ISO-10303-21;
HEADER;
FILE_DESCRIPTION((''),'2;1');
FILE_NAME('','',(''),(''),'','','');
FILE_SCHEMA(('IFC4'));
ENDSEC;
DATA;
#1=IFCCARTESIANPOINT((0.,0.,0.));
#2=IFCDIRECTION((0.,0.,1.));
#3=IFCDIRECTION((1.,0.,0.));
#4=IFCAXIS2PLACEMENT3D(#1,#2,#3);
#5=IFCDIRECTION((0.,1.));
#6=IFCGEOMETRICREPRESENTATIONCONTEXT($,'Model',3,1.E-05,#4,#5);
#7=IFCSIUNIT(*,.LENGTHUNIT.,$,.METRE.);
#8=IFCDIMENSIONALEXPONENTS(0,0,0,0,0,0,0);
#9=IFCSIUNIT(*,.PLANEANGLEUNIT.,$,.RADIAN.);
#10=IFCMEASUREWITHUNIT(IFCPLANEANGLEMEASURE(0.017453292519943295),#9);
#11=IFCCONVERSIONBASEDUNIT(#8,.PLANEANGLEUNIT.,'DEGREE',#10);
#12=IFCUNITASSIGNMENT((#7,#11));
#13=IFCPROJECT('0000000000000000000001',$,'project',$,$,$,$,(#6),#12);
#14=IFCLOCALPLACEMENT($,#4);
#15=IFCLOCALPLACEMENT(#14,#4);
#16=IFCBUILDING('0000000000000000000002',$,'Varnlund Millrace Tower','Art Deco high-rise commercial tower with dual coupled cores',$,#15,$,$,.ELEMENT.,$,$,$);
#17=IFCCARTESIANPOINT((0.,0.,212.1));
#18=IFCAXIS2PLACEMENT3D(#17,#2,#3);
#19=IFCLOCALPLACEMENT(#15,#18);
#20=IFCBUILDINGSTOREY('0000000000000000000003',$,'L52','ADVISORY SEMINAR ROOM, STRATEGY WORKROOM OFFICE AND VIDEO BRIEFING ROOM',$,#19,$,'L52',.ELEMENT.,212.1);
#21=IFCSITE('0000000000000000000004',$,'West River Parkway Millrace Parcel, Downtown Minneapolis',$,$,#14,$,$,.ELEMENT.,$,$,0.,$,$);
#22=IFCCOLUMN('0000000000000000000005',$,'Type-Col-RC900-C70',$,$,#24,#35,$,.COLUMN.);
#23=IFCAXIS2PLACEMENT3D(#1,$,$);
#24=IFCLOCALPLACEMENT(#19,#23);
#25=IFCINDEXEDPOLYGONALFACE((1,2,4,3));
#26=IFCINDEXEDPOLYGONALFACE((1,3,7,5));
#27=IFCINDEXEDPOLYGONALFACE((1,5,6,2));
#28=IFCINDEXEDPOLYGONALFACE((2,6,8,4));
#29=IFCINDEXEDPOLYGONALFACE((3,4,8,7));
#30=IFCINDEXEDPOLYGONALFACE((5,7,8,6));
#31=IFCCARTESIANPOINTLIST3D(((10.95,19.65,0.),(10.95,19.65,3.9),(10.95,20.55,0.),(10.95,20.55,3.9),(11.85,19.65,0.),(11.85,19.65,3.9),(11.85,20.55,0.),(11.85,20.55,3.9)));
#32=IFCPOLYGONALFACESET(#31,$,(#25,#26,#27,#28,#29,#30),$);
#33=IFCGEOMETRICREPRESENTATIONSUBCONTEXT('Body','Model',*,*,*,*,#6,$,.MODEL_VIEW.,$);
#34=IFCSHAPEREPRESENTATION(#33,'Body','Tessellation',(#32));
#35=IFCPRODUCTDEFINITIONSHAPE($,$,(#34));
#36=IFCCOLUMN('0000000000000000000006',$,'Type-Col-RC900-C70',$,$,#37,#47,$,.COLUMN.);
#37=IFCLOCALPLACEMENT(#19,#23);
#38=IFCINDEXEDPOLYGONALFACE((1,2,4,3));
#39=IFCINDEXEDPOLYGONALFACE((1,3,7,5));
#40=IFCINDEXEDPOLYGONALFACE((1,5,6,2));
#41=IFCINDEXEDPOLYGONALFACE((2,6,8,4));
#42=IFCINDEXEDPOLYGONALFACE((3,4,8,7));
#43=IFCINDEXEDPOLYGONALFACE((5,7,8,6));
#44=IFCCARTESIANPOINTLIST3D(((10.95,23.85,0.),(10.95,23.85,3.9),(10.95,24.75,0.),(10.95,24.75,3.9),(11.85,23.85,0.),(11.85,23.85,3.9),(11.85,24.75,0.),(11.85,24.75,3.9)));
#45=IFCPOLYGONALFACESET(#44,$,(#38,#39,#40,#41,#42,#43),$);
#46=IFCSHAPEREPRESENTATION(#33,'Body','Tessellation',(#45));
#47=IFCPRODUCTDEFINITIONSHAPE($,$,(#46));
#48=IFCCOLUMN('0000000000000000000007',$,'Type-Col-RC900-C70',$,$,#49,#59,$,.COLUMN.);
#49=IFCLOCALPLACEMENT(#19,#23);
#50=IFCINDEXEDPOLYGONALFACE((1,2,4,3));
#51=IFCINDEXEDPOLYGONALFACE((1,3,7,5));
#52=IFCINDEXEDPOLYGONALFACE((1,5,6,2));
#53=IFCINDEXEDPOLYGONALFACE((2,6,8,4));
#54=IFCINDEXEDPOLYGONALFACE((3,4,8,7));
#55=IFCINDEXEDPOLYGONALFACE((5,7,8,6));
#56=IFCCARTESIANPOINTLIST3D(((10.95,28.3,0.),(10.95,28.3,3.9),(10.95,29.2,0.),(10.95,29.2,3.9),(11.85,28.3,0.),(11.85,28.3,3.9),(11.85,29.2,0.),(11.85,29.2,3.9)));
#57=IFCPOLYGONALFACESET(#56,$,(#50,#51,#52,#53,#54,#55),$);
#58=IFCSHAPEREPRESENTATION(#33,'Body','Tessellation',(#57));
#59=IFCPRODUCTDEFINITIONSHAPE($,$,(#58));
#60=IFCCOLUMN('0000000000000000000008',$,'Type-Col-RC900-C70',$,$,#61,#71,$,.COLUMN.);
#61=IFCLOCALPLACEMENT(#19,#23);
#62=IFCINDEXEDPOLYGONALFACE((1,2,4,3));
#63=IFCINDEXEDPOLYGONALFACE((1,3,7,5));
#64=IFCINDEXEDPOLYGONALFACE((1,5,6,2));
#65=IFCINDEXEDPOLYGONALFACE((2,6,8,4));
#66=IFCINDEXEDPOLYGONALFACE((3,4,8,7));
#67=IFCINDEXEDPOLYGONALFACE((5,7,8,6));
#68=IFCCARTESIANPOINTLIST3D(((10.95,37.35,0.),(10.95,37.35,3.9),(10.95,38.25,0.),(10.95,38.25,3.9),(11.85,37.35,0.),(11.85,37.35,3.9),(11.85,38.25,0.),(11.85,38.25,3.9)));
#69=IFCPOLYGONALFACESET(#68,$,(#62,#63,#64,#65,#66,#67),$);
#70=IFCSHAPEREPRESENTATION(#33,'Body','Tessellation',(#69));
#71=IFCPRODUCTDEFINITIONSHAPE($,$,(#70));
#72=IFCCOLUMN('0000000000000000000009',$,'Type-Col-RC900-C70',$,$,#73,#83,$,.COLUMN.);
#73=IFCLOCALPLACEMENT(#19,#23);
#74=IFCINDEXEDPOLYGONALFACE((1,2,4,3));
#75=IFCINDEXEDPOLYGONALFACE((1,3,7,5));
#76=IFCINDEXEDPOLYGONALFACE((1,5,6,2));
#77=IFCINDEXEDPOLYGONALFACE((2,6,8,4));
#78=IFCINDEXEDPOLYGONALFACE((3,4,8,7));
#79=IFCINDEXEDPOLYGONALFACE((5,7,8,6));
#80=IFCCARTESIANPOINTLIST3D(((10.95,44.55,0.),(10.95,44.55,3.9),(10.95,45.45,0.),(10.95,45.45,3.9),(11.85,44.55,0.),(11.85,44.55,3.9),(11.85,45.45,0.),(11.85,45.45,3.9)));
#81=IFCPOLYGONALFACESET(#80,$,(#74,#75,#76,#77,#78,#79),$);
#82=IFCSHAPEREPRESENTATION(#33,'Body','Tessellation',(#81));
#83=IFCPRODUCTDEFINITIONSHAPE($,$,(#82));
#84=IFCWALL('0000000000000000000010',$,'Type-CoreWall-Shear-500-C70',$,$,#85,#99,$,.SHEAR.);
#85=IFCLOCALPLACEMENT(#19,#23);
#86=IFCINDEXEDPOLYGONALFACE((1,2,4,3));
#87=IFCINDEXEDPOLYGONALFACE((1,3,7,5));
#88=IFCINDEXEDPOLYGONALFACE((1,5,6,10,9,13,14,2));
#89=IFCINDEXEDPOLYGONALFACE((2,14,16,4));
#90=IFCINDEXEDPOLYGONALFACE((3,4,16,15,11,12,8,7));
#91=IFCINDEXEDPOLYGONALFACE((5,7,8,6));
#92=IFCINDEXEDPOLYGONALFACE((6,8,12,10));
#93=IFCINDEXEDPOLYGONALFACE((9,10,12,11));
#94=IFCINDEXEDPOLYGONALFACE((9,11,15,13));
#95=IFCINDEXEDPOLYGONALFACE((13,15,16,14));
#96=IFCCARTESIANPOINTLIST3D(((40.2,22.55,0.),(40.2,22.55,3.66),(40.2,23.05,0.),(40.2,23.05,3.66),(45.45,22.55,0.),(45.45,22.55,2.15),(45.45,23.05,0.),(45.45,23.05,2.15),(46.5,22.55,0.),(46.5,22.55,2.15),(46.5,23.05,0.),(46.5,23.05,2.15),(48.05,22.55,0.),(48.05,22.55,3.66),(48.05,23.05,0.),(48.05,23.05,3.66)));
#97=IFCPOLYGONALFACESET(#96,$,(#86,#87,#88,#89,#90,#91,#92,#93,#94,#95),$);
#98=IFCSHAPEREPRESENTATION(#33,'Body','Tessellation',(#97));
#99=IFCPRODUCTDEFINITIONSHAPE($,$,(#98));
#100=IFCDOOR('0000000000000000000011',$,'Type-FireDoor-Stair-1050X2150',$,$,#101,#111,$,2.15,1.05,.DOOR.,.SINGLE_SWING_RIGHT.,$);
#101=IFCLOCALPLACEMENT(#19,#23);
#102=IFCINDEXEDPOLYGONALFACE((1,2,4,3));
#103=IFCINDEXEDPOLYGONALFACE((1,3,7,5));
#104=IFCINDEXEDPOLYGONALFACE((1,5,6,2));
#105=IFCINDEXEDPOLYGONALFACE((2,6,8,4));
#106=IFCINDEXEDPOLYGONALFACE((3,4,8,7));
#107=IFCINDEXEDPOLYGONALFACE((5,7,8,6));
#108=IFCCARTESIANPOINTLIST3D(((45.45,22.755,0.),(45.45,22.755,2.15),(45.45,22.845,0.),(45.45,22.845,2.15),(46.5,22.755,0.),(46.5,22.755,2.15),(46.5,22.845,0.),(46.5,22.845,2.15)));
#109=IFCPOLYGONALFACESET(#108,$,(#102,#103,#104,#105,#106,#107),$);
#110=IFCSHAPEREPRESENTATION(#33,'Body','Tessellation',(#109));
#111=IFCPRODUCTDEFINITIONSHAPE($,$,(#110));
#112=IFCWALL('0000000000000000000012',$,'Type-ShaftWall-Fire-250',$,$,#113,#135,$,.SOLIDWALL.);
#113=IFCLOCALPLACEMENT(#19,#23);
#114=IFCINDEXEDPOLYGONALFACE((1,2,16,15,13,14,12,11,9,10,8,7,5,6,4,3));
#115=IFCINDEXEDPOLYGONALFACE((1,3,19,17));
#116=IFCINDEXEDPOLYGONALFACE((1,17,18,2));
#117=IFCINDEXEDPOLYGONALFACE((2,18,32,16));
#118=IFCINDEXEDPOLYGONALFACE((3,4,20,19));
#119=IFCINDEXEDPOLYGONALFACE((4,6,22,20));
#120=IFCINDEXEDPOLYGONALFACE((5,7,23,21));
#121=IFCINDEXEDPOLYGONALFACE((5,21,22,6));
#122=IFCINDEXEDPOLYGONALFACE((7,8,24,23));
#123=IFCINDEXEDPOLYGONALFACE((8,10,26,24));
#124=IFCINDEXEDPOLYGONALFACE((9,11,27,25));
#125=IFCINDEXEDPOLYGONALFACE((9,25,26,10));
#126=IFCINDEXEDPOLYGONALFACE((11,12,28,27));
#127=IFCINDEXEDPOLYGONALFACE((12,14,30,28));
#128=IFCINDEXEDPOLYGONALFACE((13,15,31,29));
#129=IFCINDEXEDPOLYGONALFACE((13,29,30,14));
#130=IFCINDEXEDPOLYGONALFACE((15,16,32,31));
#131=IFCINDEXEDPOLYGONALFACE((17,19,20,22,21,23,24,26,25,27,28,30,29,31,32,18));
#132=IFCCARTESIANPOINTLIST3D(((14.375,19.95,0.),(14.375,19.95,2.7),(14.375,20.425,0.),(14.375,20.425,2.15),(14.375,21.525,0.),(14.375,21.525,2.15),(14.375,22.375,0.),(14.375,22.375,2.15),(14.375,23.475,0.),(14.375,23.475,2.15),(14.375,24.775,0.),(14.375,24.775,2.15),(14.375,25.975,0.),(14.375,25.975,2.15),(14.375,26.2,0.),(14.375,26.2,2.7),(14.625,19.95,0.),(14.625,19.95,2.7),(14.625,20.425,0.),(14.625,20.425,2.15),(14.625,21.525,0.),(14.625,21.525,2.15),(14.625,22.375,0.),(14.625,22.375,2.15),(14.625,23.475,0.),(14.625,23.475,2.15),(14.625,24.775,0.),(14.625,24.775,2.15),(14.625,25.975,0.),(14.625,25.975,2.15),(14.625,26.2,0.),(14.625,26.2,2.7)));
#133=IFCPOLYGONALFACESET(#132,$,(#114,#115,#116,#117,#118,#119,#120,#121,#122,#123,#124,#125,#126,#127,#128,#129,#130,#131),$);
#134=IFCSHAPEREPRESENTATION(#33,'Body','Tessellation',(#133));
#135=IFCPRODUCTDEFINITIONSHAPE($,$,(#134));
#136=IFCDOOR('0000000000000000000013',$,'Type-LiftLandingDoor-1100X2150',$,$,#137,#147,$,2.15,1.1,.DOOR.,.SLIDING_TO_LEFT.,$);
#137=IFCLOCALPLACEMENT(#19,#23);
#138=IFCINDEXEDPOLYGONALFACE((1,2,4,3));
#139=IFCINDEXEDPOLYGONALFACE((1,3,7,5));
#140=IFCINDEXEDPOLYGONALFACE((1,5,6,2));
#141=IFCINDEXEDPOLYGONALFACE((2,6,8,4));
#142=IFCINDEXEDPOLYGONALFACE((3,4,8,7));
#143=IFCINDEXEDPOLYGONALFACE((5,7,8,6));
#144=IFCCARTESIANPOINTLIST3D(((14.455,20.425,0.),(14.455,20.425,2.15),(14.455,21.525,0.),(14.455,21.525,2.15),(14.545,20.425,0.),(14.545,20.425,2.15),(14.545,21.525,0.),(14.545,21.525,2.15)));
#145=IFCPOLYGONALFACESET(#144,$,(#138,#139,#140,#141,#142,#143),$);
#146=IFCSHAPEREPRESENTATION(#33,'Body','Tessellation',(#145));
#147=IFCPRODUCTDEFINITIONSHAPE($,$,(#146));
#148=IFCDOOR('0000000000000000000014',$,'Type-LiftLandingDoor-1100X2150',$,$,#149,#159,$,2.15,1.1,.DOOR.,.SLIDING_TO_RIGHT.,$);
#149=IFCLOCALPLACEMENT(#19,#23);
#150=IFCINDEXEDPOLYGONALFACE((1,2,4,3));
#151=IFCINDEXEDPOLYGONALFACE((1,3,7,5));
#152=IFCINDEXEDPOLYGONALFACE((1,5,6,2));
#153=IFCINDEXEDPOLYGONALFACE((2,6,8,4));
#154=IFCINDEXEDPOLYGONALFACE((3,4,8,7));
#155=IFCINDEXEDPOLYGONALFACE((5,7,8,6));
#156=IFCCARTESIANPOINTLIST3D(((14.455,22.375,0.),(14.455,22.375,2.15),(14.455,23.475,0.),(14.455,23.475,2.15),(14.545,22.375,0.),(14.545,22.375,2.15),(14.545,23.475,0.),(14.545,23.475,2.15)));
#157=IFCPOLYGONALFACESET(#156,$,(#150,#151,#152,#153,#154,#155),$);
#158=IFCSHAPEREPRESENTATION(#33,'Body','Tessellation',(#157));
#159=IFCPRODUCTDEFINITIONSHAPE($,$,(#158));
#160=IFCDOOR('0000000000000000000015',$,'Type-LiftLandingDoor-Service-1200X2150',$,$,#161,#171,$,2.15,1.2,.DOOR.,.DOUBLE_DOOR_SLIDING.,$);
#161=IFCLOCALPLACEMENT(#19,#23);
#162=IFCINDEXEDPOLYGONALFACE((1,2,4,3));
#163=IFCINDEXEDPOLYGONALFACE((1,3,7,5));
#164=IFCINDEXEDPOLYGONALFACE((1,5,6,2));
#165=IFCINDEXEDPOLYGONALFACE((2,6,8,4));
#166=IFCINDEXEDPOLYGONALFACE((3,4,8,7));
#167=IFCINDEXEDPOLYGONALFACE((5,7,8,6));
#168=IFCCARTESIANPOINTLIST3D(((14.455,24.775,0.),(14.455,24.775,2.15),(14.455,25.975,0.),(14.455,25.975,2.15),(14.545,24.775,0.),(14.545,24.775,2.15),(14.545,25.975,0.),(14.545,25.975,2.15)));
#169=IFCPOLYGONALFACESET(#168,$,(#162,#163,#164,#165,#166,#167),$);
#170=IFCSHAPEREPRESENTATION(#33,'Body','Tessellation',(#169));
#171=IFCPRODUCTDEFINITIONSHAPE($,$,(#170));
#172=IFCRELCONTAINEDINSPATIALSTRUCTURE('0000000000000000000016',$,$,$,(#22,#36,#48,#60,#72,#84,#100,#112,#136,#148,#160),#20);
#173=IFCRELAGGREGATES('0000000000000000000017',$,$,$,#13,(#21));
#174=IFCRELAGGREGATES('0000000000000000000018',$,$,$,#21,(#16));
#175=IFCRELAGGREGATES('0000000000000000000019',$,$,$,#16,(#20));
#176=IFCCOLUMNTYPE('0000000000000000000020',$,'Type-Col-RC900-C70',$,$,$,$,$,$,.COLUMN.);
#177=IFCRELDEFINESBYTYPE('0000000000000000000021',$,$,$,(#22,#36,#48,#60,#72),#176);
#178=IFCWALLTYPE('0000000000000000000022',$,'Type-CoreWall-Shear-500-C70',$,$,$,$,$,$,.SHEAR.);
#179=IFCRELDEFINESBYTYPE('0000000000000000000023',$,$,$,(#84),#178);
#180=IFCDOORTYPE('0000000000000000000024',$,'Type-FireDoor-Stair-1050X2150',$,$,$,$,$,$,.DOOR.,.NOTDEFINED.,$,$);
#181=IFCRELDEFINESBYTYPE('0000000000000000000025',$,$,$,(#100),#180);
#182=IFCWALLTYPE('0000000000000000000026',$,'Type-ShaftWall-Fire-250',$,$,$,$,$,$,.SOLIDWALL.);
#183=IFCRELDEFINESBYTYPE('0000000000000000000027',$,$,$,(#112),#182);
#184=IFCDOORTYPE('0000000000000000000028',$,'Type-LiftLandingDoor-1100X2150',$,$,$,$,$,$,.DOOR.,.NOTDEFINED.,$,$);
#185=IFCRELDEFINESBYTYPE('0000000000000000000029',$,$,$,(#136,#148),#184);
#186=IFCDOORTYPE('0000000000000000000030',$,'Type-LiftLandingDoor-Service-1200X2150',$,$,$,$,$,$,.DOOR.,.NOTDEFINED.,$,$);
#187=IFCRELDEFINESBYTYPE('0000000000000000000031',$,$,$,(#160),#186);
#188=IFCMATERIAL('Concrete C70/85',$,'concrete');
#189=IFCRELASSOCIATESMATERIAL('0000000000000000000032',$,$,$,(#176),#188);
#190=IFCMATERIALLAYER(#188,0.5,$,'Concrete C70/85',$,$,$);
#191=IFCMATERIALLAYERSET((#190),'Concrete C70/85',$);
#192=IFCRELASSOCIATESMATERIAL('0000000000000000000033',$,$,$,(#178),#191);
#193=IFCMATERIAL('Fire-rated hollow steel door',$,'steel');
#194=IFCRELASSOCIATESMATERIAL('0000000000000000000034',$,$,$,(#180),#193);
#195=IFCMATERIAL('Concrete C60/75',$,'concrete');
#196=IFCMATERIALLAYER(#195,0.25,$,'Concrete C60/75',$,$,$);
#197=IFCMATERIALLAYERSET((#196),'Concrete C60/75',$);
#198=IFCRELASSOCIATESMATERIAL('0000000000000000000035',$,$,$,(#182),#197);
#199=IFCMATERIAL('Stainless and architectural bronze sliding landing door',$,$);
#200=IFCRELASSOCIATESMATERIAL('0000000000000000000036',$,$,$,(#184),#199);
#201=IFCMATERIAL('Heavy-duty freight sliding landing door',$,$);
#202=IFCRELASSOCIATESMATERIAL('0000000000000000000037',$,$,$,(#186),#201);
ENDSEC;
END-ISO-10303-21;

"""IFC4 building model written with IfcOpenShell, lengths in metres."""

from ifc_helpers import new_model, entity, si_unit, converted_unit, direction, frame, origin_with_axes, origin_2d_with_axis, place, context, subcontext, project, spatial, polyline, rectangle, outline, extrude, material, layer, layer_set, material_profile, profile_set, type_object, element, fill, save


model = new_model("IFC4")

# Units and contexts
model_context = context("Model", 3, precision=1e-05, world=origin_with_axes(), true_north=direction((0.0, 1.0)))
body_context = subcontext(model_context, "Body", "Model", "MODEL_VIEW")
ifc_project = project(units=[si_unit("LENGTHUNIT", "METRE"), converted_unit("PLANEANGLEUNIT", "DEGREE", entity("IfcPlaneAngleMeasure", 0.017453292519943295), si_unit("PLANEANGLEUNIT", "RADIAN"), dimensions=[0, 0, 0, 0, 0, 0, 0])], contexts=[model_context])

# Site, building, storey
site_placement = place(None, origin_with_axes())
site = spatial("IfcSite", under=ifc_project, at=site_placement, Name="West River Parkway Millrace Parcel, Downtown Minneapolis", CompositionType="ELEMENT", RefElevation=0.0)
building_placement = place(site_placement, origin_with_axes())
building = spatial("IfcBuilding", under=site, at=building_placement, Name="Varnlund Millrace Tower", Description="Art Deco high-rise commercial tower with dual coupled cores", CompositionType="ELEMENT")
storey_placement = place(building_placement, frame((0.0, 0.0, 212.1), z_axis=(0.0, 0.0, 1.0), x_axis=(1.0, 0.0, 0.0)))
storey = spatial("IfcBuildingStorey", under=building, at=storey_placement, Name="L52", Description="ADVISORY SEMINAR ROOM, STRATEGY WORKROOM OFFICE AND VIDEO BRIEFING ROOM", LongName="L52", CompositionType="ELEMENT", Elevation=212.1)

# Columns
ifc_material_1 = material(Name="Concrete C70/85", Category="concrete")
ifc_material_profile = material_profile(ifc_material_1, rectangle(XDim=0.9, YDim=0.9, at=origin_2d_with_axis()), Name="Concrete C70/85")
ifc_profile_set = profile_set([ifc_material_profile], Name="Concrete C70/85")
column_type = type_object("IfcColumnType", Name="Type-Col-RC900-C70", PredefinedType="COLUMN", material=ifc_profile_set)
for number, where, z_axis, x_axis, name in (
    (1, (11.4, 20.1, 0.0), (0.0, 0.0, 1.0), (1.0, 0.0, 0.0), "Type-Col-RC900-C70"),
    (2, (11.4, 24.3, 0.0), (0.0, 0.0, 1.0), (1.0, 0.0, 0.0), "Type-Col-RC900-C70"),
    (3, (11.4, 28.75, 0.0), (0.0, 0.0, 1.0), (1.0, 0.0, 0.0), "Type-Col-RC900-C70"),
    (4, (11.4, 37.8, 0.0), (0.0, 0.0, 1.0), (1.0, 0.0, 0.0), "Type-Col-RC900-C70"),
    (5, (11.4, 45.0, 0.0), (0.0, 0.0, 1.0), (1.0, 0.0, 0.0), "Type-Col-RC900-C70"),
):
    element("IfcColumn", number, at=place(storey_placement, frame(where, z_axis=z_axis, x_axis=x_axis)), inside=storey, type_object=column_type, Name=name, PredefinedType="COLUMN", context=body_context, shape_type="SweptSolid", body=[
        extrude(rectangle(XDim=0.9, YDim=0.9, at=origin_2d_with_axis()), origin_with_axes(), (0.0, 0.0, 1.0), 3.9),
    ])

# Wall, opening, door
ifc_layer_1 = layer(ifc_material_1, 0.5, Name="Concrete C70/85")
ifc_layer_set_1 = layer_set([ifc_layer_1], Name="Concrete C70/85")
wall_type_1 = type_object("IfcWallType", Name="Type-CoreWall-Shear-500-C70", PredefinedType="SHEAR", material=ifc_layer_set_1)
wall_1_placement = place(storey_placement, frame((40.2, 22.8, 0.0), z_axis=(0.0, 0.0, 1.0), x_axis=(1.0, 0.0, 0.0)))
wall_1 = element("IfcWall", 6, at=wall_1_placement, inside=storey, type_object=wall_type_1, Name="Type-CoreWall-Shear-500-C70", PredefinedType="SHEAR", context=body_context, shape_type="SweptSolid", body=[
    extrude(outline(polyline([(0.0, -0.25), (7.85, -0.25), (7.85, 0.25), (0.0, 0.25), (0.0, -0.25)])), origin_with_axes(), (0.0, 0.0, 1.0), 3.66),
])
opening_1_placement = place(wall_1_placement, frame((5.775, 0.0, 0.0), z_axis=(0.0, 0.0, 1.0), x_axis=(1.0, 0.0, 0.0)))
opening_1 = element("IfcOpeningElement", 7, at=opening_1_placement, cuts=wall_1, PredefinedType="OPENING", context=body_context, shape_type="SweptSolid", body=[
    extrude(rectangle(XDim=1.05, YDim=0.52, at=origin_2d_with_axis()), origin_with_axes(), (0.0, 0.0, 1.0), 2.15),
])
ifc_material_2 = material(Name="Fire-rated hollow steel door", Category="steel")
door_type_1 = type_object("IfcDoorType", Name="Type-FireDoor-Stair-1050X2150", OperationType="NOTDEFINED", PredefinedType="DOOR", material=ifc_material_2)
door_1_placement = place(wall_1_placement, frame((5.775, 0.0, 0.0), z_axis=(0.0, 0.0, 1.0), x_axis=(1.0, 0.0, 0.0)))
door_1 = element("IfcDoor", 8, at=door_1_placement, inside=storey, type_object=door_type_1, Name="Type-FireDoor-Stair-1050X2150", OperationType="SINGLE_SWING_RIGHT", OverallHeight=2.15, OverallWidth=1.05, PredefinedType="DOOR", context=body_context, shape_type="SweptSolid", body=[
    extrude(rectangle(XDim=1.05, YDim=0.09, at=origin_2d_with_axis()), origin_with_axes(), (0.0, 0.0, 1.0), 2.15),
])
fill(opening_1, door_1)

# Wall, openings, doors
ifc_material_3 = material(Name="Concrete C60/75", Category="concrete")
ifc_layer_2 = layer(ifc_material_3, 0.25, Name="Concrete C60/75")
ifc_layer_set_2 = layer_set([ifc_layer_2], Name="Concrete C60/75")
wall_type_2 = type_object("IfcWallType", Name="Type-ShaftWall-Fire-250", PredefinedType="SOLIDWALL", material=ifc_layer_set_2)
wall_2_placement = place(storey_placement, frame((14.5, 19.95, 0.0), z_axis=(0.0, 0.0, 1.0), x_axis=(0.0, 1.0, 0.0)))
wall_2 = element("IfcWall", 9, at=wall_2_placement, inside=storey, type_object=wall_type_2, Name="Type-ShaftWall-Fire-250", PredefinedType="SOLIDWALL", context=body_context, shape_type="SweptSolid", body=[
    extrude(outline(polyline([(0.0, -0.125), (6.25, -0.125), (6.25, 0.125), (0.0, 0.125), (0.0, -0.125)])), origin_with_axes(), (0.0, 0.0, 1.0), 2.7),
])
opening_2_placement = place(wall_2_placement, frame((1.025, 0.0, 0.0), z_axis=(0.0, 0.0, 1.0), x_axis=(1.0, 0.0, 0.0)))
opening_2 = element("IfcOpeningElement", 10, at=opening_2_placement, cuts=wall_2, PredefinedType="OPENING", context=body_context, shape_type="SweptSolid", body=[
    extrude(rectangle(XDim=1.1, YDim=0.27, at=origin_2d_with_axis()), origin_with_axes(), (0.0, 0.0, 1.0), 2.15),
])
opening_3_placement = place(wall_2_placement, frame((2.975, 0.0, 0.0), z_axis=(0.0, 0.0, 1.0), x_axis=(1.0, 0.0, 0.0)))
opening_3 = element("IfcOpeningElement", 11, at=opening_3_placement, cuts=wall_2, PredefinedType="OPENING", context=body_context, shape_type="SweptSolid", body=[
    extrude(rectangle(XDim=1.1, YDim=0.27, at=origin_2d_with_axis()), origin_with_axes(), (0.0, 0.0, 1.0), 2.15),
])
opening_4_placement = place(wall_2_placement, frame((5.425, 0.0, 0.0), z_axis=(0.0, 0.0, 1.0), x_axis=(1.0, 0.0, 0.0)))
opening_4 = element("IfcOpeningElement", 12, at=opening_4_placement, cuts=wall_2, PredefinedType="OPENING", context=body_context, shape_type="SweptSolid", body=[
    extrude(rectangle(XDim=1.2, YDim=0.27, at=origin_2d_with_axis()), origin_with_axes(), (0.0, 0.0, 1.0), 2.15),
])
ifc_material_4 = material(Name="Stainless and architectural bronze sliding landing door")
door_type_2 = type_object("IfcDoorType", Name="Type-LiftLandingDoor-1100X2150", OperationType="NOTDEFINED", PredefinedType="DOOR", material=ifc_material_4)
door_2_placement = place(wall_2_placement, frame((1.025, 0.0, 0.0), z_axis=(0.0, 0.0, 1.0), x_axis=(1.0, 0.0, 0.0)))
door_2 = element("IfcDoor", 13, at=door_2_placement, inside=storey, type_object=door_type_2, Name="Type-LiftLandingDoor-1100X2150", OperationType="SLIDING_TO_LEFT", OverallHeight=2.15, OverallWidth=1.1, PredefinedType="DOOR", context=body_context, shape_type="SweptSolid", body=[
    extrude(rectangle(XDim=1.1, YDim=0.09, at=origin_2d_with_axis()), origin_with_axes(), (0.0, 0.0, 1.0), 2.15),
])
fill(opening_2, door_2)
door_3_placement = place(wall_2_placement, frame((2.975, 0.0, 0.0), z_axis=(0.0, 0.0, 1.0), x_axis=(1.0, 0.0, 0.0)))
door_3 = element("IfcDoor", 14, at=door_3_placement, inside=storey, type_object=door_type_2, Name="Type-LiftLandingDoor-1100X2150", OperationType="SLIDING_TO_RIGHT", OverallHeight=2.15, OverallWidth=1.1, PredefinedType="DOOR", context=body_context, shape_type="SweptSolid", body=[
    extrude(rectangle(XDim=1.1, YDim=0.09, at=origin_2d_with_axis()), origin_with_axes(), (0.0, 0.0, 1.0), 2.15),
])
fill(opening_3, door_3)
ifc_material_5 = material(Name="Heavy-duty freight sliding landing door")
door_type_3 = type_object("IfcDoorType", Name="Type-LiftLandingDoor-Service-1200X2150", OperationType="NOTDEFINED", PredefinedType="DOOR", material=ifc_material_5)
door_4_placement = place(wall_2_placement, frame((5.425, 0.0, 0.0), z_axis=(0.0, 0.0, 1.0), x_axis=(1.0, 0.0, 0.0)))
door_4 = element("IfcDoor", 15, at=door_4_placement, inside=storey, type_object=door_type_3, Name="Type-LiftLandingDoor-Service-1200X2150", OperationType="DOUBLE_DOOR_SLIDING", OverallHeight=2.15, OverallWidth=1.2, PredefinedType="DOOR", context=body_context, shape_type="SweptSolid", body=[
    extrude(rectangle(XDim=1.2, YDim=0.09, at=origin_2d_with_axis()), origin_with_axes(), (0.0, 0.0, 1.0), 2.15),
])
fill(opening_4, door_4)

save(model, "model.ifc")
